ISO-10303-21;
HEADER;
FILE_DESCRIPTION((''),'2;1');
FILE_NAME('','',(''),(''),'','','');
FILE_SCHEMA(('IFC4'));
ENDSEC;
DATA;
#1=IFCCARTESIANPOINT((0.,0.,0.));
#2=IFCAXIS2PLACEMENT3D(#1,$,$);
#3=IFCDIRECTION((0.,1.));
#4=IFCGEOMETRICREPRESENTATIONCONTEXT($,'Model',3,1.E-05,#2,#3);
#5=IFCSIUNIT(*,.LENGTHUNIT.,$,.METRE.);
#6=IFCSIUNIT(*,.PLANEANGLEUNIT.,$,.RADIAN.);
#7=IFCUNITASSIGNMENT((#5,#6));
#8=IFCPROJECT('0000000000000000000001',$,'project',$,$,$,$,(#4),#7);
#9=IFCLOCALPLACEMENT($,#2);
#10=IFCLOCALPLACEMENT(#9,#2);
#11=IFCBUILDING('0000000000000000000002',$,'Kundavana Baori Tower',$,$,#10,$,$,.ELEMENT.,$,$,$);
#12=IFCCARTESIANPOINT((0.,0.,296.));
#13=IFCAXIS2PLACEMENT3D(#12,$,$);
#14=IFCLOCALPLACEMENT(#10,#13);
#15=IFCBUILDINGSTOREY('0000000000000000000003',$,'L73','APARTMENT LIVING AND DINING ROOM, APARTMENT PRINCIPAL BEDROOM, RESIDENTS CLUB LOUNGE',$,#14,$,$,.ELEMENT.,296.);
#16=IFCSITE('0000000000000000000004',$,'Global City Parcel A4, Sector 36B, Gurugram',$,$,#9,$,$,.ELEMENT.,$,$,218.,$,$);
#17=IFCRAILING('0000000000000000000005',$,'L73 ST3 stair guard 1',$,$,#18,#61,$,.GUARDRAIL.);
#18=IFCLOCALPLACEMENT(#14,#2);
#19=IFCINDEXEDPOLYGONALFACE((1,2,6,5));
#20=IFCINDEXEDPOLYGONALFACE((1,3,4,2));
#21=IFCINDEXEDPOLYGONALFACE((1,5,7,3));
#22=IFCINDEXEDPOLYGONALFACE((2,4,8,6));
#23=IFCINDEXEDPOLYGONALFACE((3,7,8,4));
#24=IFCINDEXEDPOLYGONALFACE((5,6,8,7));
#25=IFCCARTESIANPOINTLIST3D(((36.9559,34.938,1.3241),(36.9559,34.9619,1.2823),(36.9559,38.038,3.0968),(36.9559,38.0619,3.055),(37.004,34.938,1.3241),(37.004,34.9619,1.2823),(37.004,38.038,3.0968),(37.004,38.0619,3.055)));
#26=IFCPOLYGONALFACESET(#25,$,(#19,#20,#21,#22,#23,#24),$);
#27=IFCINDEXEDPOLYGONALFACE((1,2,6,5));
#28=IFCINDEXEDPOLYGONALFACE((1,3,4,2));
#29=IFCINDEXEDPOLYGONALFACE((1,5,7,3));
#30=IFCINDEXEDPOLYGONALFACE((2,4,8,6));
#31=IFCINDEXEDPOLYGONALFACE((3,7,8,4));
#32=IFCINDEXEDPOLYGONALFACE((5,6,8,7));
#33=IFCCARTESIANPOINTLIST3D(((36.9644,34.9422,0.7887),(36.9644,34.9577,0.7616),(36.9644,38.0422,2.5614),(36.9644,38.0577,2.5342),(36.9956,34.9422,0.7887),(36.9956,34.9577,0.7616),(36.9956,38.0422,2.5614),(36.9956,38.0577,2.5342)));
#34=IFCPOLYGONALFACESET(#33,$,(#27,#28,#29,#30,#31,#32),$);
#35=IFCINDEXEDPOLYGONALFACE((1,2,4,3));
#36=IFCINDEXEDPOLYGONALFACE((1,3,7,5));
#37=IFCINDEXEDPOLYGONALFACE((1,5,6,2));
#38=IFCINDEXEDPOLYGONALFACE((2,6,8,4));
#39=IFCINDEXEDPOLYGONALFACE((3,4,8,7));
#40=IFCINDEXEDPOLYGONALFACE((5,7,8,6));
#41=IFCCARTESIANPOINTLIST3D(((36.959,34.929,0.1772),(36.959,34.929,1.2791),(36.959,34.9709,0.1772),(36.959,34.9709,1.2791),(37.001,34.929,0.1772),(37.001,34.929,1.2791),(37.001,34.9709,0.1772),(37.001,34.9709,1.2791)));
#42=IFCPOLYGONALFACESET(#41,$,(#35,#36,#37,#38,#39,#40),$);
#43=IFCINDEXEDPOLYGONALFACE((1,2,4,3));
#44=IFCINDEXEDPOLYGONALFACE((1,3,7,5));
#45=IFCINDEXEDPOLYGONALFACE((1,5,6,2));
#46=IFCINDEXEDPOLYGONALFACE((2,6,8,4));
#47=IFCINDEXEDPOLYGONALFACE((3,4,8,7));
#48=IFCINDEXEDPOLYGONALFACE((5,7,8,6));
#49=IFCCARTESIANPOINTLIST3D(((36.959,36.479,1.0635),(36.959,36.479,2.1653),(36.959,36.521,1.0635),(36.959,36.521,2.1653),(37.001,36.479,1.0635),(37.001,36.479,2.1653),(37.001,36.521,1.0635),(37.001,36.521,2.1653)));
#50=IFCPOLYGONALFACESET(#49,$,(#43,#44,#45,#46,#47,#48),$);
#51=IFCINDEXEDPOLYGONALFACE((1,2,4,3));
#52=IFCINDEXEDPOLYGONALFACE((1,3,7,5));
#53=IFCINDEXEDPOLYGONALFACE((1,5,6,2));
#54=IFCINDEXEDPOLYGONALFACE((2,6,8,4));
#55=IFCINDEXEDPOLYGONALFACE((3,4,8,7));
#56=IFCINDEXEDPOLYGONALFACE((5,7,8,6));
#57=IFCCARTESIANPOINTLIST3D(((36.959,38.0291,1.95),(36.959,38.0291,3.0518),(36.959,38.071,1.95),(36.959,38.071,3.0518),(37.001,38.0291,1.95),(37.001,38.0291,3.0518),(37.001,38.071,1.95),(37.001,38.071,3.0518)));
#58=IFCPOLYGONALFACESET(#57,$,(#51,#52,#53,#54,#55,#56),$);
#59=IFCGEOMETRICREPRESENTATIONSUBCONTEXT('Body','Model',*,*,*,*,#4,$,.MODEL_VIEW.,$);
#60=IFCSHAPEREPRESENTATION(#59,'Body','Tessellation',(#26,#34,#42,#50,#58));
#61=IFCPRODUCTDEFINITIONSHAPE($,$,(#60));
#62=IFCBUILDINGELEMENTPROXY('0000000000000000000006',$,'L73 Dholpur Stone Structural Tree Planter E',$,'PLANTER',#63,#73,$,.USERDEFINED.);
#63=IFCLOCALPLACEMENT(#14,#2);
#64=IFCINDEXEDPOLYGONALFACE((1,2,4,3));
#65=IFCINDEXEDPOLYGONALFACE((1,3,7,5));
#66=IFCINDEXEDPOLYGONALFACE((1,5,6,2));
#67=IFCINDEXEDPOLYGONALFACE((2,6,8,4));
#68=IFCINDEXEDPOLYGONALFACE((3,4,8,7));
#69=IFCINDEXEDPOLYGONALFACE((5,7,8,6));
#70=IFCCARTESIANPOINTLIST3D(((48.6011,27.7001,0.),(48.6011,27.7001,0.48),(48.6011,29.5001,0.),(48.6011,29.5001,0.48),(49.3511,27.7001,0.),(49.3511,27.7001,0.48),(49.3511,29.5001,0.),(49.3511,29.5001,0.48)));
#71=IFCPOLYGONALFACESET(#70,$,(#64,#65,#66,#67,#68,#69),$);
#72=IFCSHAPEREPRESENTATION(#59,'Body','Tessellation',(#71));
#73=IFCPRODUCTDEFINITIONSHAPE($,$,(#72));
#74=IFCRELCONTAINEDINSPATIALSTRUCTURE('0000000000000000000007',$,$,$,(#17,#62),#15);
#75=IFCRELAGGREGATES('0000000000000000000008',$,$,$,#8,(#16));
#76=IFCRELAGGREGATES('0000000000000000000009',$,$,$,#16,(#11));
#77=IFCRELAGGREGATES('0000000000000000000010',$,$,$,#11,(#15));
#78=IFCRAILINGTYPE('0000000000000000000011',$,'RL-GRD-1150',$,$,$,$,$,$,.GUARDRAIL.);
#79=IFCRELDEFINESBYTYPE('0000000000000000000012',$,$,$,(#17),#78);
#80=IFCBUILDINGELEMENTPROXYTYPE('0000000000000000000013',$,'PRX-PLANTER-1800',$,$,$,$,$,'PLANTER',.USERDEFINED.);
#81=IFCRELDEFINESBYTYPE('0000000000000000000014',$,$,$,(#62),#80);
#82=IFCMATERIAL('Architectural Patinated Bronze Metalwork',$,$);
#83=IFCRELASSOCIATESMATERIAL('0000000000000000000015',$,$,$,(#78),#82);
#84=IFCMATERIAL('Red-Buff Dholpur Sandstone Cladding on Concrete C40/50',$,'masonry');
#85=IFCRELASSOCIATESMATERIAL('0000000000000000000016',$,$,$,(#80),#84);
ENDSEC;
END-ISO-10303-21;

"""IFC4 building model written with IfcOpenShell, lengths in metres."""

from ifc_helpers import new_model, si_unit, direction, frame, origin, origin_2d, place, context, subcontext, project, spatial, rectangle, extrude, material, type_object, element, save


model = new_model("IFC4")

# Units and contexts
model_context = context("Model", 3, precision=1e-05, world=origin(), true_north=direction((0.0, 1.0)))
body_context = subcontext(model_context, "Body", "Model", "MODEL_VIEW")
ifc_project = project(units=[si_unit("LENGTHUNIT", "METRE"), si_unit("PLANEANGLEUNIT", "RADIAN")], contexts=[model_context])

# Site, building, storey
site_placement = place(None, origin())
site = spatial("IfcSite", under=ifc_project, at=site_placement, Name="Global City Parcel A4, Sector 36B, Gurugram", CompositionType="ELEMENT", RefElevation=218.0)
building_placement = place(site_placement, origin())
building = spatial("IfcBuilding", under=site, at=building_placement, Name="Kundavana Baori Tower", CompositionType="ELEMENT")
storey_placement = place(building_placement, frame((0.0, 0.0, 296.0)))
storey = spatial("IfcBuildingStorey", under=building, at=storey_placement, Name="L73", Description="APARTMENT LIVING AND DINING ROOM, APARTMENT PRINCIPAL BEDROOM, RESIDENTS CLUB LOUNGE", CompositionType="ELEMENT", Elevation=296.0)

# Railing
ifc_material_1 = material(Name="Architectural Patinated Bronze Metalwork")
railing_type = type_object("IfcRailingType", Name="RL-GRD-1150", PredefinedType="GUARDRAIL", material=ifc_material_1)
railing_placement = place(storey_placement, frame((36.98, 34.95, 0.1772)))
element("IfcRailing", 1, at=railing_placement, inside=storey, type_object=railing_type, Name="L73 ST3 stair guard 1", PredefinedType="GUARDRAIL", context=body_context, shape_type="SweptSolid", body=[
    extrude(rectangle(XDim=0.0481, YDim=0.0481, at=origin_2d()), frame((0.0, 0.0, 1.126), z_axis=(0.0, 0.868096, 0.496397), x_axis=(-1.0, 0.0, 0.0)), (0.0, 0.0, 1.0), 3.571),
    extrude(rectangle(XDim=0.0312, YDim=0.0312, at=origin_2d()), frame((0.0, 0.0, 0.5979), z_axis=(0.0, 0.868096, 0.496397), x_axis=(-1.0, 0.0, 0.0)), (0.0, 0.0, 1.0), 3.571),
    extrude(rectangle(XDim=0.042, YDim=0.042, at=origin_2d()), origin(), (0.0, 0.0, 1.0), 1.1018),
    extrude(rectangle(XDim=0.042, YDim=0.042, at=origin_2d()), frame((0.0, 1.55, 0.8862)), (0.0, 0.0, 1.0), 1.1018),
    extrude(rectangle(XDim=0.042, YDim=0.042, at=origin_2d()), frame((0.0, 3.1001, 1.7727)), (0.0, 0.0, 1.0), 1.1018),
])

# Building element proxy
ifc_material_2 = material(Name="Red-Buff Dholpur Sandstone Cladding on Concrete C40/50", Category="masonry")
building_element_proxy_type = type_object("IfcBuildingElementProxyType", Name="PRX-PLANTER-1800", ElementType="PLANTER", PredefinedType="USERDEFINED", material=ifc_material_2)
proxy_placement = place(storey_placement, frame((48.9761, 28.6001, 0.0), z_axis=(0.0, 0.0, 1.0), x_axis=(0.0, 1.0, 0.0)))
element("IfcBuildingElementProxy", 2, at=proxy_placement, inside=storey, type_object=building_element_proxy_type, Name="L73 Dholpur Stone Structural Tree Planter E", ObjectType="PLANTER", PredefinedType="USERDEFINED", context=body_context, shape_type="SweptSolid", body=[
    extrude(rectangle(XDim=1.8, YDim=0.75, at=origin_2d()), origin(), (0.0, 0.0, 1.0), 0.48),
])

save(model, "model.ifc")
